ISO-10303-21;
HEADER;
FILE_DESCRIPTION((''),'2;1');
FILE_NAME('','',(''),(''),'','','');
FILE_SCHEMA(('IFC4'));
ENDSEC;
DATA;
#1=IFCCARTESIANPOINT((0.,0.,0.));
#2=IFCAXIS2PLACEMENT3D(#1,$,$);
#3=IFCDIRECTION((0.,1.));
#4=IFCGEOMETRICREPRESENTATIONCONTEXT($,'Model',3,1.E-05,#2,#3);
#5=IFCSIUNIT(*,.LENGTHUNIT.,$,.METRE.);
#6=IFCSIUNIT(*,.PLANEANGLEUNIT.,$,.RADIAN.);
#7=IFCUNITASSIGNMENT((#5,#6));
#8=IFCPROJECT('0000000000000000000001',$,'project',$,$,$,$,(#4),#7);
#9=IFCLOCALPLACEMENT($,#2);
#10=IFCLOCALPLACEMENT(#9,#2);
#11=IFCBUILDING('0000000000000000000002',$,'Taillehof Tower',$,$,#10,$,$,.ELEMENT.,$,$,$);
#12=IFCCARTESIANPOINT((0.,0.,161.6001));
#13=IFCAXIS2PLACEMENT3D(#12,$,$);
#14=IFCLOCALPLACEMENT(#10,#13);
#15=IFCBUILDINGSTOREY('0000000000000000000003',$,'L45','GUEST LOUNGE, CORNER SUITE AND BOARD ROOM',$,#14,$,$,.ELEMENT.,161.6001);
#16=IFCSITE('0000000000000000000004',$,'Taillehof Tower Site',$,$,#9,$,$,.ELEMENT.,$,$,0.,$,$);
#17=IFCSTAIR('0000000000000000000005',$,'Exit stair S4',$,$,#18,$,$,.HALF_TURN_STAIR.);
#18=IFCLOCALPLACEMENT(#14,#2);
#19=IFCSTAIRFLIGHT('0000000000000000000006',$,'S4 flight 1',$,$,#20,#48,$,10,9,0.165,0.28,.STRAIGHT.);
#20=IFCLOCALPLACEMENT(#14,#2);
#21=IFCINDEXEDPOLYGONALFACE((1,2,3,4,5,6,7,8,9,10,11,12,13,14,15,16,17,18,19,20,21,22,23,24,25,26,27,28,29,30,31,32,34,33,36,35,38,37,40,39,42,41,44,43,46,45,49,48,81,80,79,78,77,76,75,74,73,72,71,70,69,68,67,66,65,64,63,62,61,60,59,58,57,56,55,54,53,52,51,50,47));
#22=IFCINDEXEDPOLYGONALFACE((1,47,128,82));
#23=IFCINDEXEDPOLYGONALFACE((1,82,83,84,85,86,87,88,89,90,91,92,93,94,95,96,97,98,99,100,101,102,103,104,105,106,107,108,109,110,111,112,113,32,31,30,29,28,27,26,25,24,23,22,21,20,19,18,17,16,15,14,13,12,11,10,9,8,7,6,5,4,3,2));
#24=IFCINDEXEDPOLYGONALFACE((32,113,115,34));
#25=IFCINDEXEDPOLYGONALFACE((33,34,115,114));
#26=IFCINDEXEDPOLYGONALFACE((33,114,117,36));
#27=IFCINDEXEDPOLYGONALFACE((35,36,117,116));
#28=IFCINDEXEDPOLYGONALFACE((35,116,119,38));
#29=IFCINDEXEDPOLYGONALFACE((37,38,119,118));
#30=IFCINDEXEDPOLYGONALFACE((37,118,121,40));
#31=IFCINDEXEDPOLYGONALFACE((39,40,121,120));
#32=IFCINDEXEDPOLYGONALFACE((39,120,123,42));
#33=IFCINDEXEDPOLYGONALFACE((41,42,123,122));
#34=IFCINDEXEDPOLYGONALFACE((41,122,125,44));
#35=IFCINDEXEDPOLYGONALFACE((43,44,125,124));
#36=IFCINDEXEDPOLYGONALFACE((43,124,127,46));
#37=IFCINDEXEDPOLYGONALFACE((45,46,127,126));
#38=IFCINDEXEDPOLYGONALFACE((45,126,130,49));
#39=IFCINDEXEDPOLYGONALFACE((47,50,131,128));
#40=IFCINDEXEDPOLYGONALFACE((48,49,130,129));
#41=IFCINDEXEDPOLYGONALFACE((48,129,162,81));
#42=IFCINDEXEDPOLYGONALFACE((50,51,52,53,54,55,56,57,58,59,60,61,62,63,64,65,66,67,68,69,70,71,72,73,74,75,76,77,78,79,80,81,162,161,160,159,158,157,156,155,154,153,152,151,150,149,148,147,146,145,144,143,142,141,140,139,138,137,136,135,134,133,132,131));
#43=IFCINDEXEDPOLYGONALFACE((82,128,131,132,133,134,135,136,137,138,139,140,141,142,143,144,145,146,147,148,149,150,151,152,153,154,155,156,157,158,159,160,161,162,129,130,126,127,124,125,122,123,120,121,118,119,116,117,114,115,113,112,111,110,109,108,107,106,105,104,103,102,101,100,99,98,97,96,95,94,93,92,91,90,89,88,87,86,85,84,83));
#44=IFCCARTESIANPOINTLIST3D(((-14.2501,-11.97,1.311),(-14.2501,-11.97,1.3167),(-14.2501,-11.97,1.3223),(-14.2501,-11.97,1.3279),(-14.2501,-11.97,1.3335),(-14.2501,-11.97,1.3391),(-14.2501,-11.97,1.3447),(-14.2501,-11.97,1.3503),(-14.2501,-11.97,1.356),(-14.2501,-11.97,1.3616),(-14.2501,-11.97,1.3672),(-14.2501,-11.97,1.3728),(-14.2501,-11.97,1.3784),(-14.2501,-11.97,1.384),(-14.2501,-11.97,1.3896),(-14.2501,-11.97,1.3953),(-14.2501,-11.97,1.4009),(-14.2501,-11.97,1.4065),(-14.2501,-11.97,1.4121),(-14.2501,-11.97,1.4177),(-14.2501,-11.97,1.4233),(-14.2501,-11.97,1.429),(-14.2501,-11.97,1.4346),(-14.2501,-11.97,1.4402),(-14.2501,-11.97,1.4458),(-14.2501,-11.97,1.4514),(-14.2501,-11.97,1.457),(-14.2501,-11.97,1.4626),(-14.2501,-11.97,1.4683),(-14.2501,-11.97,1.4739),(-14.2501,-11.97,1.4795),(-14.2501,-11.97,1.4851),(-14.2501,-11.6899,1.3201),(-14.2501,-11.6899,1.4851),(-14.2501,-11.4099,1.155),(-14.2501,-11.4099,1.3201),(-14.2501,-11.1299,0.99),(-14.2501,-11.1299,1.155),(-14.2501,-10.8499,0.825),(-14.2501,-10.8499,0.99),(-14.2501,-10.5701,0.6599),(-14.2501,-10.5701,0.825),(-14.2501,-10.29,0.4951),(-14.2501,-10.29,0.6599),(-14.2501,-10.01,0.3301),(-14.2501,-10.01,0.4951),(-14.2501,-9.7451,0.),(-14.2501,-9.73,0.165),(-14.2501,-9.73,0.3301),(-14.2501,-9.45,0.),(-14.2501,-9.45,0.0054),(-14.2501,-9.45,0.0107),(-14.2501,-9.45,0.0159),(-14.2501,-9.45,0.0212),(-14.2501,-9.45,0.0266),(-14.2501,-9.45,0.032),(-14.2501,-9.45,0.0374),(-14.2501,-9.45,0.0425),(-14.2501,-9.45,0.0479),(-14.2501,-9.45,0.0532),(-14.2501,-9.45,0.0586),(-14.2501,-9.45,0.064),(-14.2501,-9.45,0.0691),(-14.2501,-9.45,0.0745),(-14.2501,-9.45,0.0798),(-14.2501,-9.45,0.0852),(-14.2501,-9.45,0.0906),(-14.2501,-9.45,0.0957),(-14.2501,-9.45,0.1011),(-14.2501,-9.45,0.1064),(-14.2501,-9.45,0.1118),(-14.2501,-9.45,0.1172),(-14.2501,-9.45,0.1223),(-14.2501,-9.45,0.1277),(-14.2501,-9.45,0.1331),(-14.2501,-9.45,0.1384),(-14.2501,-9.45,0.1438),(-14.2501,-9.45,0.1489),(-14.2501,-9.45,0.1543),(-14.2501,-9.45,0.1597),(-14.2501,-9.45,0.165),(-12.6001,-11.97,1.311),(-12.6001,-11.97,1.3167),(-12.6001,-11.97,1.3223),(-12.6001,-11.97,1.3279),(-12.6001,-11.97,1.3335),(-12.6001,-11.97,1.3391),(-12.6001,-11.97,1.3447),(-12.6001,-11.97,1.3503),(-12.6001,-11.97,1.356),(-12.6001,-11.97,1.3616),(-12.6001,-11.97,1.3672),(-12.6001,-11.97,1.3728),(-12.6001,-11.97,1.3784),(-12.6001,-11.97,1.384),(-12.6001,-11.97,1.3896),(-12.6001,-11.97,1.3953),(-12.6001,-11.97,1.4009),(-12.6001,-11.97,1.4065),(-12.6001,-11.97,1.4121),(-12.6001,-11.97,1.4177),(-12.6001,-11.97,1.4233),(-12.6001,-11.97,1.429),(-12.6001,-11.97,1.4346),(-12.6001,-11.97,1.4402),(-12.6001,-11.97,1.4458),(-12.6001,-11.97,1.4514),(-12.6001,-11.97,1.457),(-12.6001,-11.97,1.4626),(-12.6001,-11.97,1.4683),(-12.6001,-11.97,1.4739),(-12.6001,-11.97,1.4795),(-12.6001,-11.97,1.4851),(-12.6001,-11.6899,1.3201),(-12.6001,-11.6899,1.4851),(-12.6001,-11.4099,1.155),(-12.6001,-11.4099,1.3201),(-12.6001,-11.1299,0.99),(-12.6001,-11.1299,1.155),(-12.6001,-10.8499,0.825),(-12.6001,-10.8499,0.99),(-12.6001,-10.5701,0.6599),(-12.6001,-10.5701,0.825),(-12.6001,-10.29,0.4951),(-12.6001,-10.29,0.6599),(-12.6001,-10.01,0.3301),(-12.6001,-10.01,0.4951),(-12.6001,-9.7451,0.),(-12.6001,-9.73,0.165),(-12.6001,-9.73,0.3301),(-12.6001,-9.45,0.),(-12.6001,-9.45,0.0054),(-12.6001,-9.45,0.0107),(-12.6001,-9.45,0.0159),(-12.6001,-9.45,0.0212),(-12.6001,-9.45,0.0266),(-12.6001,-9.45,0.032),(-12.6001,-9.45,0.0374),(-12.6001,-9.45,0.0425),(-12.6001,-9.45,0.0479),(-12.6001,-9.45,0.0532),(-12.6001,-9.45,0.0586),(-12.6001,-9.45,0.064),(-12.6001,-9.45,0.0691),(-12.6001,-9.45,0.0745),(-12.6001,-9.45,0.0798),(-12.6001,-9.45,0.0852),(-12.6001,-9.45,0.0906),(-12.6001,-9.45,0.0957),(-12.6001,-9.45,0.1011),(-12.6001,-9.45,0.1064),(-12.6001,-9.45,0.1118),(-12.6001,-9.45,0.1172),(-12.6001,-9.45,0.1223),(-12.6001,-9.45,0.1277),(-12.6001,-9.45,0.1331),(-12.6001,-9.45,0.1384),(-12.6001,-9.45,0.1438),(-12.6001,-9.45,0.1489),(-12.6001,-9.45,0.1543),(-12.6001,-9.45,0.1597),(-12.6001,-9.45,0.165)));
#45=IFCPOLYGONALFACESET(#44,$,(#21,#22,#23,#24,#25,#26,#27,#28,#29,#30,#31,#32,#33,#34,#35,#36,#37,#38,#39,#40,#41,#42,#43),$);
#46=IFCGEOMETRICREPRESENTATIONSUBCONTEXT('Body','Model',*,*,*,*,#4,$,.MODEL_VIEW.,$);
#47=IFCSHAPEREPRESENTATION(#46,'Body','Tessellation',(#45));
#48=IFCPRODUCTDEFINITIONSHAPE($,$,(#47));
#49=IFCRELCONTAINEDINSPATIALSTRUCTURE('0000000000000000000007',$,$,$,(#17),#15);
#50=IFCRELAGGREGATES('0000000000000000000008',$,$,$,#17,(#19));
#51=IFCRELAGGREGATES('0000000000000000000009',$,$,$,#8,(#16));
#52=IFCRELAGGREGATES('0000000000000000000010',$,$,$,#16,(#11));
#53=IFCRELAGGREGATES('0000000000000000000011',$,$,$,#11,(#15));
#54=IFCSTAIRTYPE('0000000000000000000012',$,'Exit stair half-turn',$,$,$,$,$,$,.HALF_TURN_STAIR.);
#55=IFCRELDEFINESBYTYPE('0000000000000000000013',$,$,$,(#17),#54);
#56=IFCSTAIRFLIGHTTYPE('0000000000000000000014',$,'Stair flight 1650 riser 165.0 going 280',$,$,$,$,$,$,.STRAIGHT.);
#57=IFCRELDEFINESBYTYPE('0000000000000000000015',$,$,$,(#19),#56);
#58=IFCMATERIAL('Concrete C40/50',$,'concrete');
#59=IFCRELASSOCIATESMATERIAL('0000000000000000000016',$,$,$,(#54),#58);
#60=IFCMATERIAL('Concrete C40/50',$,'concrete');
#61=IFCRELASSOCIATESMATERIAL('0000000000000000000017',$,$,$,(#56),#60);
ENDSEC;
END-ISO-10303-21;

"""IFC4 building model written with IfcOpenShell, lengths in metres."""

from ifc_helpers import new_model, si_unit, direction, frame, origin, place, context, subcontext, project, spatial, polyline, outline, extrude, material, type_object, element, aggregate, save


model = new_model("IFC4")

# Units and contexts
model_context = context("Model", 3, precision=1e-05, world=origin(), true_north=direction((0.0, 1.0)))
body_context = subcontext(model_context, "Body", "Model", "MODEL_VIEW")
ifc_project = project(units=[si_unit("LENGTHUNIT", "METRE"), si_unit("PLANEANGLEUNIT", "RADIAN")], contexts=[model_context])

# Site, building, storey
site_placement = place(None, origin())
site = spatial("IfcSite", under=ifc_project, at=site_placement, Name="Taillehof Tower Site", CompositionType="ELEMENT", RefElevation=0.0)
building_placement = place(site_placement, origin())
building = spatial("IfcBuilding", under=site, at=building_placement, Name="Taillehof Tower", CompositionType="ELEMENT")
storey_placement = place(building_placement, frame((0.0, 0.0, 161.6001)))
storey = spatial("IfcBuildingStorey", under=building, at=storey_placement, Name="L45", Description="GUEST LOUNGE, CORNER SUITE AND BOARD ROOM", CompositionType="ELEMENT", Elevation=161.6001)

# Stair, stair flight
ifc_material_1 = material(Name="Concrete C40/50", Category="concrete")
stair_type = type_object("IfcStairType", Name="Exit stair half-turn", PredefinedType="HALF_TURN_STAIR", material=ifc_material_1)
stair_placement = place(storey_placement, origin())
stair = element("IfcStair", 1, at=stair_placement, inside=storey, type_object=stair_type, Name="Exit stair S4", PredefinedType="HALF_TURN_STAIR")
ifc_material_2 = material(Name="Concrete C40/50", Category="concrete")
stair_flight_type = type_object("IfcStairFlightType", Name="Stair flight 1650 riser 165.0 going 280", PredefinedType="STRAIGHT", material=ifc_material_2)
stair_flight_placement = place(storey_placement, frame((-13.425, -9.45, 0.0), z_axis=(0.0, 0.0, 1.0), x_axis=(0.0, -1.0, 0.0)))
stair_flight = element("IfcStairFlight", 2, at=stair_flight_placement, type_object=stair_flight_type, Name="S4 flight 1", NumberOfRisers=10, NumberOfTreads=9, PredefinedType="STRAIGHT", RiserHeight=0.165, TreadLength=0.28, context=body_context, shape_type="SweptSolid", body=[
    extrude(outline(polyline([(0.0, 0.0), (0.0, 0.0054), (0.0, 0.0107), (0.0, 0.0159), (0.0, 0.0212), (0.0, 0.0266), (0.0, 0.032), (0.0, 0.0374), (0.0, 0.0425), (0.0, 0.0479), (0.0, 0.0532), (0.0, 0.0586), (0.0, 0.064), (0.0, 0.0691), (0.0, 0.0745), (0.0, 0.0798), (0.0, 0.0852), (0.0, 0.0906), (0.0, 0.0957), (0.0, 0.1011), (0.0, 0.1064), (0.0, 0.1118), (0.0, 0.1172), (0.0, 0.1223), (0.0, 0.1277), (0.0, 0.1331), (0.0, 0.1384), (0.0, 0.1438), (0.0, 0.1489), (0.0, 0.1543), (0.0, 0.1597), (0.0, 0.165), (0.28, 0.165), (0.28, 0.3301), (0.5601, 0.3301), (0.5601, 0.4951), (0.8401, 0.4951), (0.8401, 0.6599), (1.1201, 0.6599), (1.1201, 0.825), (1.3999, 0.825), (1.3999, 0.99), (1.6799, 0.99), (1.6799, 1.155), (1.96, 1.155), (1.96, 1.3201), (2.24, 1.3201), (2.24, 1.4851), (2.52, 1.4851), (2.52, 1.4795), (2.52, 1.4739), (2.52, 1.4683), (2.52, 1.4626), (2.52, 1.457), (2.52, 1.4514), (2.52, 1.4458), (2.52, 1.4402), (2.52, 1.4346), (2.52, 1.429), (2.52, 1.4233), (2.52, 1.4177), (2.52, 1.4121), (2.52, 1.4065), (2.52, 1.4009), (2.52, 1.3953), (2.52, 1.3896), (2.52, 1.384), (2.52, 1.3784), (2.52, 1.3728), (2.52, 1.3672), (2.52, 1.3616), (2.52, 1.356), (2.52, 1.3503), (2.52, 1.3447), (2.52, 1.3391), (2.52, 1.3335), (2.52, 1.3279), (2.52, 1.3223), (2.52, 1.3167), (2.52, 1.311), (0.2952, 0.0), (0.0, 0.0)])), frame((0.0, 0.825, 0.0), z_axis=(0.0, -1.0, 0.0), x_axis=(1.0, 0.0, 0.0)), (0.0, 0.0, 1.0), 1.65),
])
aggregate(stair, [stair_flight])

save(model, "model.ifc")
